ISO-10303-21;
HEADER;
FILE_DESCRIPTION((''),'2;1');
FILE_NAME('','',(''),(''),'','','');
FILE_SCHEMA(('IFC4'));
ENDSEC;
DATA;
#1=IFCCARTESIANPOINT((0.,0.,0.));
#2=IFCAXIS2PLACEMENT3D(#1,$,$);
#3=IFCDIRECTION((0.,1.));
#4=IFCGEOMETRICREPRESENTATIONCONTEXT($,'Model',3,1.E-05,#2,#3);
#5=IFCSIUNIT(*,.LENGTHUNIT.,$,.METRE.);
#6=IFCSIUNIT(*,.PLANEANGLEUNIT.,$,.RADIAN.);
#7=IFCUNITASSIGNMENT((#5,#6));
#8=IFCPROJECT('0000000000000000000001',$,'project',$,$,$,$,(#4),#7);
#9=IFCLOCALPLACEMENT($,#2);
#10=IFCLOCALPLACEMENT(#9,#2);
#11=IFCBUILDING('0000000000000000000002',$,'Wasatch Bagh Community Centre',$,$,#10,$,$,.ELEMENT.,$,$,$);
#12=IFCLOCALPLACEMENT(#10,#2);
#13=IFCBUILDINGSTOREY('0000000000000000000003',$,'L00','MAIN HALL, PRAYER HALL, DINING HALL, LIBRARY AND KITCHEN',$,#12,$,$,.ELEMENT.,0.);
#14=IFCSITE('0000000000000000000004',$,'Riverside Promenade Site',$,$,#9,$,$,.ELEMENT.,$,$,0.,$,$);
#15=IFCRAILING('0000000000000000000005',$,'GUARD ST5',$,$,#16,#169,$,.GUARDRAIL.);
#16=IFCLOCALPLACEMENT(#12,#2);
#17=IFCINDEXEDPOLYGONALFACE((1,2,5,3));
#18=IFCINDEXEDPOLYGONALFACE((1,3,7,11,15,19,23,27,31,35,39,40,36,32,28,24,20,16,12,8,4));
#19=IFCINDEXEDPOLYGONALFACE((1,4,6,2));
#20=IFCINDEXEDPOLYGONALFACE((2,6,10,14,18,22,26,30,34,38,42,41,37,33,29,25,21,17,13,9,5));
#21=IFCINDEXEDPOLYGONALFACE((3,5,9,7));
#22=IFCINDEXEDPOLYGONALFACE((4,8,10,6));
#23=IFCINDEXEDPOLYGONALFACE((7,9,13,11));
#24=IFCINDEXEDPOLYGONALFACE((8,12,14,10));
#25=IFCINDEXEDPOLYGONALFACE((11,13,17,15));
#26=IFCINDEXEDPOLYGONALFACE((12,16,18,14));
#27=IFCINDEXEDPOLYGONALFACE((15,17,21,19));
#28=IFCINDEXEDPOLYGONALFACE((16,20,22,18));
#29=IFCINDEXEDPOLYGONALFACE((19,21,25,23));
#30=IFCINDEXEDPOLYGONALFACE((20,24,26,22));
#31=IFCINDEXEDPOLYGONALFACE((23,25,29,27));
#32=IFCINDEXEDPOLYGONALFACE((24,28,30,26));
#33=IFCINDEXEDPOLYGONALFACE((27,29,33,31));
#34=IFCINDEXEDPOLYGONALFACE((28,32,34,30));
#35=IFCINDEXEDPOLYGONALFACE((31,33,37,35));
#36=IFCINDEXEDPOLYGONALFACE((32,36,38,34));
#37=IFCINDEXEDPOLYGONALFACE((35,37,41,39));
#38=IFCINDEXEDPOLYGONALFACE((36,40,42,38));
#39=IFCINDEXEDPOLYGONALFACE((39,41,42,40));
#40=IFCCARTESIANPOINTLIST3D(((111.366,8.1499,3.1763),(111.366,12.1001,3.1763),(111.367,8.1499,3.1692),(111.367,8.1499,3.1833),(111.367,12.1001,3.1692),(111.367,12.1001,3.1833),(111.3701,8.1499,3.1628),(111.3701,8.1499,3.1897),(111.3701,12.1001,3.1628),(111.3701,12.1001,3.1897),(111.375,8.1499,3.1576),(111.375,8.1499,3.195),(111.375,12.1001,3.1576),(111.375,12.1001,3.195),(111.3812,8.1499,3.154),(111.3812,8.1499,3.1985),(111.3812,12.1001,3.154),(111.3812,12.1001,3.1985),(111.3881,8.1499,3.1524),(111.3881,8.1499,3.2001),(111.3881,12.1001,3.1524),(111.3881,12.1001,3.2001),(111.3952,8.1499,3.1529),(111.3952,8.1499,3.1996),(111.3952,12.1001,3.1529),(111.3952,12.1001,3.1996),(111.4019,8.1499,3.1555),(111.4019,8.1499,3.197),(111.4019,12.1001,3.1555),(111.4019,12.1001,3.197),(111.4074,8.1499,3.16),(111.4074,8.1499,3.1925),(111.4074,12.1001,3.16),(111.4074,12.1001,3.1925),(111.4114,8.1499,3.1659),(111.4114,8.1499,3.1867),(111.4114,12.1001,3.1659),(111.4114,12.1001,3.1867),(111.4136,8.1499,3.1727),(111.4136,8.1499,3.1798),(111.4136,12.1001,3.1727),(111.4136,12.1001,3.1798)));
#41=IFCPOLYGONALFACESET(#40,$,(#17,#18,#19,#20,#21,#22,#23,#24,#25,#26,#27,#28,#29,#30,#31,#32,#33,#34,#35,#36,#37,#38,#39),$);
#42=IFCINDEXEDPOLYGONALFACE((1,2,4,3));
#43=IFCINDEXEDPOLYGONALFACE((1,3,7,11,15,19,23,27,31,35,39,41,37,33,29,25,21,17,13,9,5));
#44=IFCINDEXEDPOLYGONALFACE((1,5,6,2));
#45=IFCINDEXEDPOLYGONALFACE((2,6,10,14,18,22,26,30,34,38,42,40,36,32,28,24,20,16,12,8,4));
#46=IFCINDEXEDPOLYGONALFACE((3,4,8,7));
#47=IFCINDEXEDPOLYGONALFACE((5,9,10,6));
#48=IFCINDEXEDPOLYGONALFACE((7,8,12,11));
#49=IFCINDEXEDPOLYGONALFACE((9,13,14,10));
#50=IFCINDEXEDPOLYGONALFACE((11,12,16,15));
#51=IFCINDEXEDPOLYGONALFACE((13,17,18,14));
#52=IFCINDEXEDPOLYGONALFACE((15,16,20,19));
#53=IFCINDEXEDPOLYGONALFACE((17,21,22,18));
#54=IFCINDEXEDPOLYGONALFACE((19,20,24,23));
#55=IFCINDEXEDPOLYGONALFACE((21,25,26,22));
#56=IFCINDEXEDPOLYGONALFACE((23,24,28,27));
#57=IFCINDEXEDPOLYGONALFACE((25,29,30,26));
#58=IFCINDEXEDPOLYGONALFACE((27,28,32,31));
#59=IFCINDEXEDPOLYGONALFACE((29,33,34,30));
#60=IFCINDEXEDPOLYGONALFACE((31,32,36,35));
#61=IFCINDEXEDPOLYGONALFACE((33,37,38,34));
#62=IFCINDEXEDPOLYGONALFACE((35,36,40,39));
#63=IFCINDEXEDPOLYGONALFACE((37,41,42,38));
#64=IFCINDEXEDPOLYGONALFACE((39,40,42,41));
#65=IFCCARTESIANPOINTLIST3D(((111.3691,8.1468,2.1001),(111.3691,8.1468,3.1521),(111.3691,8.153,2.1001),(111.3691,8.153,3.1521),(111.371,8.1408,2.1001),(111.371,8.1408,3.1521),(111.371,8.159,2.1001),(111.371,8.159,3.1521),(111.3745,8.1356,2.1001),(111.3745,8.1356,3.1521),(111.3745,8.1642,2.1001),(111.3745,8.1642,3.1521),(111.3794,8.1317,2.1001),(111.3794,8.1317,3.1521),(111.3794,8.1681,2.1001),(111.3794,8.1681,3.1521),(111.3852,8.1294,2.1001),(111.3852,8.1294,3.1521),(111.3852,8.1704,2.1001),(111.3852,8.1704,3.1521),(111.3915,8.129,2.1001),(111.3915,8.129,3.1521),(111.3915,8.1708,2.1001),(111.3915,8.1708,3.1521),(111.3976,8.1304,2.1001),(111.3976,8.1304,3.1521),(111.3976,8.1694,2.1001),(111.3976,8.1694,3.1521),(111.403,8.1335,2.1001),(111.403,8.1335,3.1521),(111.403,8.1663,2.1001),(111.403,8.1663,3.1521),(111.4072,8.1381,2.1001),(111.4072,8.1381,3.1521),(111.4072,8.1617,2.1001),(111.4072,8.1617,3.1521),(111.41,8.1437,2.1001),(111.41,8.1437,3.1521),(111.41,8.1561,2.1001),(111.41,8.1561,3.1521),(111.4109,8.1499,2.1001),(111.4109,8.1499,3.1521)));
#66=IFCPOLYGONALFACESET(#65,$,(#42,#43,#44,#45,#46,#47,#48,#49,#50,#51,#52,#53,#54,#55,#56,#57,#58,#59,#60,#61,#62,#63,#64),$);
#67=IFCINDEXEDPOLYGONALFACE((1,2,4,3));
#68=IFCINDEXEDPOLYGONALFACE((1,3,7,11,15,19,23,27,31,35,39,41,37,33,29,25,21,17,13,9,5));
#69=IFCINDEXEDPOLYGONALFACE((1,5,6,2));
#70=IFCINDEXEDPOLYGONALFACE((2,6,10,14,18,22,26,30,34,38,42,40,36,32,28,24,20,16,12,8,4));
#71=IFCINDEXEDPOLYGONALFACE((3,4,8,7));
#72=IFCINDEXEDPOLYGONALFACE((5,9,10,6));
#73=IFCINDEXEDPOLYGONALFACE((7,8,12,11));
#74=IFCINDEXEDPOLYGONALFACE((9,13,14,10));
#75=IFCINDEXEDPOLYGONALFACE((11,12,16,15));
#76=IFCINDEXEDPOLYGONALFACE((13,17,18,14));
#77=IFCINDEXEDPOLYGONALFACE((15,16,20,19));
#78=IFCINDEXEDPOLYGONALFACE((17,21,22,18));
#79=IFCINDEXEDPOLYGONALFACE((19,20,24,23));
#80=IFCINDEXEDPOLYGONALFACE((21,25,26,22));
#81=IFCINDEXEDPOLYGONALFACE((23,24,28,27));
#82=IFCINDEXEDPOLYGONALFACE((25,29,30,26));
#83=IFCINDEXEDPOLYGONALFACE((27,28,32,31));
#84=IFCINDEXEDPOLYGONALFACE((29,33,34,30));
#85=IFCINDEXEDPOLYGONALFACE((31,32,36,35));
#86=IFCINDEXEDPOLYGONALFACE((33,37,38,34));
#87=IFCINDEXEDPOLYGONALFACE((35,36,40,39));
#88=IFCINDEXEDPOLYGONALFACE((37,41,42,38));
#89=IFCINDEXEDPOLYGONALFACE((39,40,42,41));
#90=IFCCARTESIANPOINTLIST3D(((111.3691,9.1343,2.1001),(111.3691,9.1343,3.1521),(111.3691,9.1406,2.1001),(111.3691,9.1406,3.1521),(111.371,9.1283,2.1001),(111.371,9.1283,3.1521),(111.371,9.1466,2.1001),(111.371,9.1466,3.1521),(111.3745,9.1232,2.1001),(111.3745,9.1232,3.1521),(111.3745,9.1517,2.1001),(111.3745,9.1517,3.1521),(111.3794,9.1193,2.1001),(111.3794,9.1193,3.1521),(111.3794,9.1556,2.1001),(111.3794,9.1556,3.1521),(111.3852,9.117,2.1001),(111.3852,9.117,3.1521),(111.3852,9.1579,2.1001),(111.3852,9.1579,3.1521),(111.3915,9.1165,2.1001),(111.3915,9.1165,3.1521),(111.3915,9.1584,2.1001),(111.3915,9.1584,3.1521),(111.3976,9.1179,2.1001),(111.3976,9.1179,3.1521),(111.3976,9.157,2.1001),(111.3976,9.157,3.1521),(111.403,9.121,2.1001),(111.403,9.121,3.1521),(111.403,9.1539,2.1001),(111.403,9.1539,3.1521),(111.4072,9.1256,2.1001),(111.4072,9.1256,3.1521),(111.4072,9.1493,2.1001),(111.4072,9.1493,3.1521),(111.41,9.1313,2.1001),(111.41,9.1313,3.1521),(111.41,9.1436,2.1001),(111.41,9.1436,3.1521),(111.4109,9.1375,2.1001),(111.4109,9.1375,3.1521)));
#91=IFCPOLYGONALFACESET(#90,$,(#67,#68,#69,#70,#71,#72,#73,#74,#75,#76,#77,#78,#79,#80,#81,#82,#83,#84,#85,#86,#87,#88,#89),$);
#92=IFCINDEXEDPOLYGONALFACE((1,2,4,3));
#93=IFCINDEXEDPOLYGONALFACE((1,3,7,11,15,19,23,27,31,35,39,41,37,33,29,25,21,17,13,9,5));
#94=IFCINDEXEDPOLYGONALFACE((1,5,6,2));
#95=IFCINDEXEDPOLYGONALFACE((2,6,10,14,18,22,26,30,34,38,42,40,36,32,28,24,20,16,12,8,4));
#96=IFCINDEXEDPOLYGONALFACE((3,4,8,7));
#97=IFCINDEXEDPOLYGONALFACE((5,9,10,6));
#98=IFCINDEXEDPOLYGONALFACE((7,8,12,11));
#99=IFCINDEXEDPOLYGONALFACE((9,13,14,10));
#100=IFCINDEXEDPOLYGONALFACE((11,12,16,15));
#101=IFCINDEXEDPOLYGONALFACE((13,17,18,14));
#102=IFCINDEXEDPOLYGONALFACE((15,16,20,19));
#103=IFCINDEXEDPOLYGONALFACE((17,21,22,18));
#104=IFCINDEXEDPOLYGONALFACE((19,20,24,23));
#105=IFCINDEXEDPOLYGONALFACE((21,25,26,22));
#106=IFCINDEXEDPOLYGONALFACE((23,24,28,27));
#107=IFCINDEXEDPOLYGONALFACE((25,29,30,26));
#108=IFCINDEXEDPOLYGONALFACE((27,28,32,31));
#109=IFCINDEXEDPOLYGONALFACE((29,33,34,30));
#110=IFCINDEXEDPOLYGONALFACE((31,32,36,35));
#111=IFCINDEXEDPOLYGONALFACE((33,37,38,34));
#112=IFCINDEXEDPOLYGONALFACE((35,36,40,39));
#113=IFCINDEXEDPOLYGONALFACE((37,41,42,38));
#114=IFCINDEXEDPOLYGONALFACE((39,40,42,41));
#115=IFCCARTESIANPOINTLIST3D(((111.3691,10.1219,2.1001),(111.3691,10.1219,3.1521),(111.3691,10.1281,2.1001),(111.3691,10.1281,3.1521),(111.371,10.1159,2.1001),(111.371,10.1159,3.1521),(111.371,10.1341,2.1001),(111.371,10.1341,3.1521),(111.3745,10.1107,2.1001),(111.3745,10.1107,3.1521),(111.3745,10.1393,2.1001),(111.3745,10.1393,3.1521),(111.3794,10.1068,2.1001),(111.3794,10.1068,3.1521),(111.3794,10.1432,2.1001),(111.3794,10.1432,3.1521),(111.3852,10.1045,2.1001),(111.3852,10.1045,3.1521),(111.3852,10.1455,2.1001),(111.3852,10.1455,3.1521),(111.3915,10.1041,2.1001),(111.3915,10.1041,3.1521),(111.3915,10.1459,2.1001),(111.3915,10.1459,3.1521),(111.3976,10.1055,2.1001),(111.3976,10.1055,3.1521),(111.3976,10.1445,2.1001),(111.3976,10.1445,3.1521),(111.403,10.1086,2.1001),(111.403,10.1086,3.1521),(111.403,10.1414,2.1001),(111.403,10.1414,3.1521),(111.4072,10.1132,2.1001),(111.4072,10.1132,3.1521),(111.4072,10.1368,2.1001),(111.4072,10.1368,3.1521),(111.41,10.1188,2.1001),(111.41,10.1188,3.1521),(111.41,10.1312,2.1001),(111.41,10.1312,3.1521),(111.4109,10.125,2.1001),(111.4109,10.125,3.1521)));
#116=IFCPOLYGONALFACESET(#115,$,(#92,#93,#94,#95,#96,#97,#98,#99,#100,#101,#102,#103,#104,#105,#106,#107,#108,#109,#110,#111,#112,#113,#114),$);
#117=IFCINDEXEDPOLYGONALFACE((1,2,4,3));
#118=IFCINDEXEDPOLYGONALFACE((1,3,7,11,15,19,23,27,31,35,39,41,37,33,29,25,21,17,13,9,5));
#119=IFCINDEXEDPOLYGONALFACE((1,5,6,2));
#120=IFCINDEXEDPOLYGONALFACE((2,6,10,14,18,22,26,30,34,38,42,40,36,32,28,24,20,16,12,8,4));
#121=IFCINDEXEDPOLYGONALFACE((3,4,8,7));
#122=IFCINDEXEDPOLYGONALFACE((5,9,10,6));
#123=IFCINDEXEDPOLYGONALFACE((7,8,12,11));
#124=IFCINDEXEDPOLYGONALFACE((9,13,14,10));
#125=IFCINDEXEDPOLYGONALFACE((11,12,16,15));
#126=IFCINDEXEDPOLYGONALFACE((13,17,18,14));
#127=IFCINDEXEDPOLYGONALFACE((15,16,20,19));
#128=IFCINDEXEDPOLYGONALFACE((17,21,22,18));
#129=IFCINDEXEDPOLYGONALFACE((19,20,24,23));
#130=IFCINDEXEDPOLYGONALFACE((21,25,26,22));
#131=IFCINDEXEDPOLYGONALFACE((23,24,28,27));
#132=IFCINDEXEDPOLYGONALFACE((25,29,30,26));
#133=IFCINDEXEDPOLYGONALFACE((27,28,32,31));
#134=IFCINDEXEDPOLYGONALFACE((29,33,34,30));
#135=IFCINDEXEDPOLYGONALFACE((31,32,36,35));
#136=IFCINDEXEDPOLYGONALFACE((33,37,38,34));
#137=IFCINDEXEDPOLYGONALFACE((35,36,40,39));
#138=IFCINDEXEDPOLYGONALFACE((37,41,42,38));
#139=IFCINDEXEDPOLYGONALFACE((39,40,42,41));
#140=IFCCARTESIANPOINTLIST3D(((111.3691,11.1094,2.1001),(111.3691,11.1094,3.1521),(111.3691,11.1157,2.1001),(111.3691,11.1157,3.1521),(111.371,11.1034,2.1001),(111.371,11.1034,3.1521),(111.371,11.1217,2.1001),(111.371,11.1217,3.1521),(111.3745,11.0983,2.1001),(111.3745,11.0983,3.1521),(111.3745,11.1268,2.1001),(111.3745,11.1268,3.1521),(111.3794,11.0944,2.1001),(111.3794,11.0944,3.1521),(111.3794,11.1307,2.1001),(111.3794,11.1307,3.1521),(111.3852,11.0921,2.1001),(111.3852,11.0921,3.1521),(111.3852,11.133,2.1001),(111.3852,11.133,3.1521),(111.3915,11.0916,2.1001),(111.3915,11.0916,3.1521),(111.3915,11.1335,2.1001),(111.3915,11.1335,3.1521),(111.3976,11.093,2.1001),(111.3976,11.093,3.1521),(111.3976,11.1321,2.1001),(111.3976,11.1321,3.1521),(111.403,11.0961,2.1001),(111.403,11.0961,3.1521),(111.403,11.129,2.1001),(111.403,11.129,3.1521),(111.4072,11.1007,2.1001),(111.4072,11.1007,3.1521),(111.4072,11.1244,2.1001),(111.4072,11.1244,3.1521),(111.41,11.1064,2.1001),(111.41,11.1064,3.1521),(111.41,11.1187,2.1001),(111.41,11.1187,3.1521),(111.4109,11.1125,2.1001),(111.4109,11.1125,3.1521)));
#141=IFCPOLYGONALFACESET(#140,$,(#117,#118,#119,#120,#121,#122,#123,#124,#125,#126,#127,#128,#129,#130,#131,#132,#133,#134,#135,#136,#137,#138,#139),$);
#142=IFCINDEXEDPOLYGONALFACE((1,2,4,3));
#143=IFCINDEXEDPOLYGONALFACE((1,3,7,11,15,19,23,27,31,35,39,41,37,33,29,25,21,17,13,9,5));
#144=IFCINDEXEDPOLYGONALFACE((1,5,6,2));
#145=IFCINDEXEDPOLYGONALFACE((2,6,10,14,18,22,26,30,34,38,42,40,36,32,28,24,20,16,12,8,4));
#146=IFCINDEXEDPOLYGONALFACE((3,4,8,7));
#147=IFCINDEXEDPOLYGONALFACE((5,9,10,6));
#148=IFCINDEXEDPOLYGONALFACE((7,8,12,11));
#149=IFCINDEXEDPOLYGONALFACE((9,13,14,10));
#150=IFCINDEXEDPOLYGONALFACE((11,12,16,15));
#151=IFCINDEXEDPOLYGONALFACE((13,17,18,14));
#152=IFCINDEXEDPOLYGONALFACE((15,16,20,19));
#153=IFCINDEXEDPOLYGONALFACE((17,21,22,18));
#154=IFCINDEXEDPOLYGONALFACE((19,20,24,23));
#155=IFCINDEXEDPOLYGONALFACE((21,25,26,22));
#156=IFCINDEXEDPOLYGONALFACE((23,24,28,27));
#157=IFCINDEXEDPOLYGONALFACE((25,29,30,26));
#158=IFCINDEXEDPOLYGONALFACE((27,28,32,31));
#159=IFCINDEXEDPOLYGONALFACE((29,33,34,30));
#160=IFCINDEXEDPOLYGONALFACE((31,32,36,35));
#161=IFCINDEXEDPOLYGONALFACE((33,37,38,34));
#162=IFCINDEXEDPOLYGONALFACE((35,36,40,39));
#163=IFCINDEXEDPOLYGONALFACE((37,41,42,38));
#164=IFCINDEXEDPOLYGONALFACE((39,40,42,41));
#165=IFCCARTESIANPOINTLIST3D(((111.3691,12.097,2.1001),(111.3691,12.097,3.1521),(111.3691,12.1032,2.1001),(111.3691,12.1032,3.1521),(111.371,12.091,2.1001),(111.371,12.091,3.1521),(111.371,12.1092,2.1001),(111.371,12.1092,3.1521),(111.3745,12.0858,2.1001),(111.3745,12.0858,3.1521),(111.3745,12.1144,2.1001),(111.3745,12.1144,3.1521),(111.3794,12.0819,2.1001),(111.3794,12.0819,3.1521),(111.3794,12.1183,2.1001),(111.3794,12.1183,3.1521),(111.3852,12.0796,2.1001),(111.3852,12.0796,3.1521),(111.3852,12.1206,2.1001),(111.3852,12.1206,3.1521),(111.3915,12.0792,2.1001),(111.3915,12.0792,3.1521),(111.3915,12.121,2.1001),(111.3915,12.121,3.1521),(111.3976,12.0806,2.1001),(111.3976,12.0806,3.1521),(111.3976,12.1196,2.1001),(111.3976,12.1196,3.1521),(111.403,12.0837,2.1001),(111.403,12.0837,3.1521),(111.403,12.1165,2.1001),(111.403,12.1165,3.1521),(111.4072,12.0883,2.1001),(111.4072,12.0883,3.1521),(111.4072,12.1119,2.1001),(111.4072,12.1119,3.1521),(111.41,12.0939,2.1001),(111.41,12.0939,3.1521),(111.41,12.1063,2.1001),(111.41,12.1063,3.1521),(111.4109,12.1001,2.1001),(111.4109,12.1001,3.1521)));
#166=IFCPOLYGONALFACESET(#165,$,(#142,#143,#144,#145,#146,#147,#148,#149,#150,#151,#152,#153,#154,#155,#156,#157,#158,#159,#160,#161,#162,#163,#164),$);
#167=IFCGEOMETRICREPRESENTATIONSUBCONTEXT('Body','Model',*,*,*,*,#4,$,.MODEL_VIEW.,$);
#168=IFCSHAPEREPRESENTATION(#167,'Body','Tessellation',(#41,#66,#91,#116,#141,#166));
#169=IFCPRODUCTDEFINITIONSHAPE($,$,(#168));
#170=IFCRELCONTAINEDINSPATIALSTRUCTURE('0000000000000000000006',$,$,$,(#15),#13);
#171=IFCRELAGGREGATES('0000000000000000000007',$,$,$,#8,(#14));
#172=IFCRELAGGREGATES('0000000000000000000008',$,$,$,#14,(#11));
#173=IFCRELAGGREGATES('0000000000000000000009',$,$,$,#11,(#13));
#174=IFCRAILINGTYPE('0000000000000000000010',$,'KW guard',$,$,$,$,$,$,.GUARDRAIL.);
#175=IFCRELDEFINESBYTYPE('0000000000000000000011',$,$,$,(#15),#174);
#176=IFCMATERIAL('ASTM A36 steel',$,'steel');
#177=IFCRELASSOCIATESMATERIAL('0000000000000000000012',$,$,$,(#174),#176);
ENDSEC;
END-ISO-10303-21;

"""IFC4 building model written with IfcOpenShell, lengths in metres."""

from ifc_helpers import new_model, si_unit, direction, frame, origin, origin_2d, place, context, subcontext, project, spatial, circle, extrude, material, type_object, element, save


model = new_model("IFC4")

# Units and contexts
model_context = context("Model", 3, precision=1e-05, world=origin(), true_north=direction((0.0, 1.0)))
body_context = subcontext(model_context, "Body", "Model", "MODEL_VIEW")
ifc_project = project(units=[si_unit("LENGTHUNIT", "METRE"), si_unit("PLANEANGLEUNIT", "RADIAN")], contexts=[model_context])

# Site, building, storey
site_placement = place(None, origin())
site = spatial("IfcSite", under=ifc_project, at=site_placement, Name="Riverside Promenade Site", CompositionType="ELEMENT", RefElevation=0.0)
building_placement = place(site_placement, origin())
building = spatial("IfcBuilding", under=site, at=building_placement, Name="Wasatch Bagh Community Centre", CompositionType="ELEMENT")
storey_placement = place(building_placement, origin())
storey = spatial("IfcBuildingStorey", under=building, at=storey_placement, Name="L00", Description="MAIN HALL, PRAYER HALL, DINING HALL, LIBRARY AND KITCHEN", CompositionType="ELEMENT", Elevation=0.0)

# Railing
ifc_material_1 = material(Name="ASTM A36 steel", Category="steel")
railing_type_1 = type_object("IfcRailingType", Name="KW guard", PredefinedType="GUARDRAIL", material=ifc_material_1)
railing_1_placement = place(storey_placement, frame((111.3899, 8.1499, 2.1001)))
element("IfcRailing", 1, at=railing_1_placement, inside=storey, type_object=railing_type_1, Name="GUARD ST5", PredefinedType="GUARDRAIL", context=body_context, shape_type="SweptSolid", body=[
    extrude(circle(Radius=0.0239, at=origin_2d()), frame((0.0, 0.0, 1.0762), z_axis=(0.0, 1.0, 0.0), x_axis=(-1.0, 0.0, 0.0)), (0.0, 0.0, 1.0), 3.9502),
    extrude(circle(Radius=0.021, at=origin_2d()), origin(), (0.0, 0.0, 1.0), 1.052),
    extrude(circle(Radius=0.021, at=origin_2d()), frame((0.0, 0.9875, 0.0)), (0.0, 0.0, 1.0), 1.052),
    extrude(circle(Radius=0.021, at=origin_2d()), frame((0.0, 1.9751, 0.0)), (0.0, 0.0, 1.0), 1.052),
    extrude(circle(Radius=0.021, at=origin_2d()), frame((0.0, 2.9626, 0.0)), (0.0, 0.0, 1.0), 1.052),
    extrude(circle(Radius=0.021, at=origin_2d()), frame((0.0, 3.9502, 0.0)), (0.0, 0.0, 1.0), 1.052),
])

save(model, "model.ifc")
